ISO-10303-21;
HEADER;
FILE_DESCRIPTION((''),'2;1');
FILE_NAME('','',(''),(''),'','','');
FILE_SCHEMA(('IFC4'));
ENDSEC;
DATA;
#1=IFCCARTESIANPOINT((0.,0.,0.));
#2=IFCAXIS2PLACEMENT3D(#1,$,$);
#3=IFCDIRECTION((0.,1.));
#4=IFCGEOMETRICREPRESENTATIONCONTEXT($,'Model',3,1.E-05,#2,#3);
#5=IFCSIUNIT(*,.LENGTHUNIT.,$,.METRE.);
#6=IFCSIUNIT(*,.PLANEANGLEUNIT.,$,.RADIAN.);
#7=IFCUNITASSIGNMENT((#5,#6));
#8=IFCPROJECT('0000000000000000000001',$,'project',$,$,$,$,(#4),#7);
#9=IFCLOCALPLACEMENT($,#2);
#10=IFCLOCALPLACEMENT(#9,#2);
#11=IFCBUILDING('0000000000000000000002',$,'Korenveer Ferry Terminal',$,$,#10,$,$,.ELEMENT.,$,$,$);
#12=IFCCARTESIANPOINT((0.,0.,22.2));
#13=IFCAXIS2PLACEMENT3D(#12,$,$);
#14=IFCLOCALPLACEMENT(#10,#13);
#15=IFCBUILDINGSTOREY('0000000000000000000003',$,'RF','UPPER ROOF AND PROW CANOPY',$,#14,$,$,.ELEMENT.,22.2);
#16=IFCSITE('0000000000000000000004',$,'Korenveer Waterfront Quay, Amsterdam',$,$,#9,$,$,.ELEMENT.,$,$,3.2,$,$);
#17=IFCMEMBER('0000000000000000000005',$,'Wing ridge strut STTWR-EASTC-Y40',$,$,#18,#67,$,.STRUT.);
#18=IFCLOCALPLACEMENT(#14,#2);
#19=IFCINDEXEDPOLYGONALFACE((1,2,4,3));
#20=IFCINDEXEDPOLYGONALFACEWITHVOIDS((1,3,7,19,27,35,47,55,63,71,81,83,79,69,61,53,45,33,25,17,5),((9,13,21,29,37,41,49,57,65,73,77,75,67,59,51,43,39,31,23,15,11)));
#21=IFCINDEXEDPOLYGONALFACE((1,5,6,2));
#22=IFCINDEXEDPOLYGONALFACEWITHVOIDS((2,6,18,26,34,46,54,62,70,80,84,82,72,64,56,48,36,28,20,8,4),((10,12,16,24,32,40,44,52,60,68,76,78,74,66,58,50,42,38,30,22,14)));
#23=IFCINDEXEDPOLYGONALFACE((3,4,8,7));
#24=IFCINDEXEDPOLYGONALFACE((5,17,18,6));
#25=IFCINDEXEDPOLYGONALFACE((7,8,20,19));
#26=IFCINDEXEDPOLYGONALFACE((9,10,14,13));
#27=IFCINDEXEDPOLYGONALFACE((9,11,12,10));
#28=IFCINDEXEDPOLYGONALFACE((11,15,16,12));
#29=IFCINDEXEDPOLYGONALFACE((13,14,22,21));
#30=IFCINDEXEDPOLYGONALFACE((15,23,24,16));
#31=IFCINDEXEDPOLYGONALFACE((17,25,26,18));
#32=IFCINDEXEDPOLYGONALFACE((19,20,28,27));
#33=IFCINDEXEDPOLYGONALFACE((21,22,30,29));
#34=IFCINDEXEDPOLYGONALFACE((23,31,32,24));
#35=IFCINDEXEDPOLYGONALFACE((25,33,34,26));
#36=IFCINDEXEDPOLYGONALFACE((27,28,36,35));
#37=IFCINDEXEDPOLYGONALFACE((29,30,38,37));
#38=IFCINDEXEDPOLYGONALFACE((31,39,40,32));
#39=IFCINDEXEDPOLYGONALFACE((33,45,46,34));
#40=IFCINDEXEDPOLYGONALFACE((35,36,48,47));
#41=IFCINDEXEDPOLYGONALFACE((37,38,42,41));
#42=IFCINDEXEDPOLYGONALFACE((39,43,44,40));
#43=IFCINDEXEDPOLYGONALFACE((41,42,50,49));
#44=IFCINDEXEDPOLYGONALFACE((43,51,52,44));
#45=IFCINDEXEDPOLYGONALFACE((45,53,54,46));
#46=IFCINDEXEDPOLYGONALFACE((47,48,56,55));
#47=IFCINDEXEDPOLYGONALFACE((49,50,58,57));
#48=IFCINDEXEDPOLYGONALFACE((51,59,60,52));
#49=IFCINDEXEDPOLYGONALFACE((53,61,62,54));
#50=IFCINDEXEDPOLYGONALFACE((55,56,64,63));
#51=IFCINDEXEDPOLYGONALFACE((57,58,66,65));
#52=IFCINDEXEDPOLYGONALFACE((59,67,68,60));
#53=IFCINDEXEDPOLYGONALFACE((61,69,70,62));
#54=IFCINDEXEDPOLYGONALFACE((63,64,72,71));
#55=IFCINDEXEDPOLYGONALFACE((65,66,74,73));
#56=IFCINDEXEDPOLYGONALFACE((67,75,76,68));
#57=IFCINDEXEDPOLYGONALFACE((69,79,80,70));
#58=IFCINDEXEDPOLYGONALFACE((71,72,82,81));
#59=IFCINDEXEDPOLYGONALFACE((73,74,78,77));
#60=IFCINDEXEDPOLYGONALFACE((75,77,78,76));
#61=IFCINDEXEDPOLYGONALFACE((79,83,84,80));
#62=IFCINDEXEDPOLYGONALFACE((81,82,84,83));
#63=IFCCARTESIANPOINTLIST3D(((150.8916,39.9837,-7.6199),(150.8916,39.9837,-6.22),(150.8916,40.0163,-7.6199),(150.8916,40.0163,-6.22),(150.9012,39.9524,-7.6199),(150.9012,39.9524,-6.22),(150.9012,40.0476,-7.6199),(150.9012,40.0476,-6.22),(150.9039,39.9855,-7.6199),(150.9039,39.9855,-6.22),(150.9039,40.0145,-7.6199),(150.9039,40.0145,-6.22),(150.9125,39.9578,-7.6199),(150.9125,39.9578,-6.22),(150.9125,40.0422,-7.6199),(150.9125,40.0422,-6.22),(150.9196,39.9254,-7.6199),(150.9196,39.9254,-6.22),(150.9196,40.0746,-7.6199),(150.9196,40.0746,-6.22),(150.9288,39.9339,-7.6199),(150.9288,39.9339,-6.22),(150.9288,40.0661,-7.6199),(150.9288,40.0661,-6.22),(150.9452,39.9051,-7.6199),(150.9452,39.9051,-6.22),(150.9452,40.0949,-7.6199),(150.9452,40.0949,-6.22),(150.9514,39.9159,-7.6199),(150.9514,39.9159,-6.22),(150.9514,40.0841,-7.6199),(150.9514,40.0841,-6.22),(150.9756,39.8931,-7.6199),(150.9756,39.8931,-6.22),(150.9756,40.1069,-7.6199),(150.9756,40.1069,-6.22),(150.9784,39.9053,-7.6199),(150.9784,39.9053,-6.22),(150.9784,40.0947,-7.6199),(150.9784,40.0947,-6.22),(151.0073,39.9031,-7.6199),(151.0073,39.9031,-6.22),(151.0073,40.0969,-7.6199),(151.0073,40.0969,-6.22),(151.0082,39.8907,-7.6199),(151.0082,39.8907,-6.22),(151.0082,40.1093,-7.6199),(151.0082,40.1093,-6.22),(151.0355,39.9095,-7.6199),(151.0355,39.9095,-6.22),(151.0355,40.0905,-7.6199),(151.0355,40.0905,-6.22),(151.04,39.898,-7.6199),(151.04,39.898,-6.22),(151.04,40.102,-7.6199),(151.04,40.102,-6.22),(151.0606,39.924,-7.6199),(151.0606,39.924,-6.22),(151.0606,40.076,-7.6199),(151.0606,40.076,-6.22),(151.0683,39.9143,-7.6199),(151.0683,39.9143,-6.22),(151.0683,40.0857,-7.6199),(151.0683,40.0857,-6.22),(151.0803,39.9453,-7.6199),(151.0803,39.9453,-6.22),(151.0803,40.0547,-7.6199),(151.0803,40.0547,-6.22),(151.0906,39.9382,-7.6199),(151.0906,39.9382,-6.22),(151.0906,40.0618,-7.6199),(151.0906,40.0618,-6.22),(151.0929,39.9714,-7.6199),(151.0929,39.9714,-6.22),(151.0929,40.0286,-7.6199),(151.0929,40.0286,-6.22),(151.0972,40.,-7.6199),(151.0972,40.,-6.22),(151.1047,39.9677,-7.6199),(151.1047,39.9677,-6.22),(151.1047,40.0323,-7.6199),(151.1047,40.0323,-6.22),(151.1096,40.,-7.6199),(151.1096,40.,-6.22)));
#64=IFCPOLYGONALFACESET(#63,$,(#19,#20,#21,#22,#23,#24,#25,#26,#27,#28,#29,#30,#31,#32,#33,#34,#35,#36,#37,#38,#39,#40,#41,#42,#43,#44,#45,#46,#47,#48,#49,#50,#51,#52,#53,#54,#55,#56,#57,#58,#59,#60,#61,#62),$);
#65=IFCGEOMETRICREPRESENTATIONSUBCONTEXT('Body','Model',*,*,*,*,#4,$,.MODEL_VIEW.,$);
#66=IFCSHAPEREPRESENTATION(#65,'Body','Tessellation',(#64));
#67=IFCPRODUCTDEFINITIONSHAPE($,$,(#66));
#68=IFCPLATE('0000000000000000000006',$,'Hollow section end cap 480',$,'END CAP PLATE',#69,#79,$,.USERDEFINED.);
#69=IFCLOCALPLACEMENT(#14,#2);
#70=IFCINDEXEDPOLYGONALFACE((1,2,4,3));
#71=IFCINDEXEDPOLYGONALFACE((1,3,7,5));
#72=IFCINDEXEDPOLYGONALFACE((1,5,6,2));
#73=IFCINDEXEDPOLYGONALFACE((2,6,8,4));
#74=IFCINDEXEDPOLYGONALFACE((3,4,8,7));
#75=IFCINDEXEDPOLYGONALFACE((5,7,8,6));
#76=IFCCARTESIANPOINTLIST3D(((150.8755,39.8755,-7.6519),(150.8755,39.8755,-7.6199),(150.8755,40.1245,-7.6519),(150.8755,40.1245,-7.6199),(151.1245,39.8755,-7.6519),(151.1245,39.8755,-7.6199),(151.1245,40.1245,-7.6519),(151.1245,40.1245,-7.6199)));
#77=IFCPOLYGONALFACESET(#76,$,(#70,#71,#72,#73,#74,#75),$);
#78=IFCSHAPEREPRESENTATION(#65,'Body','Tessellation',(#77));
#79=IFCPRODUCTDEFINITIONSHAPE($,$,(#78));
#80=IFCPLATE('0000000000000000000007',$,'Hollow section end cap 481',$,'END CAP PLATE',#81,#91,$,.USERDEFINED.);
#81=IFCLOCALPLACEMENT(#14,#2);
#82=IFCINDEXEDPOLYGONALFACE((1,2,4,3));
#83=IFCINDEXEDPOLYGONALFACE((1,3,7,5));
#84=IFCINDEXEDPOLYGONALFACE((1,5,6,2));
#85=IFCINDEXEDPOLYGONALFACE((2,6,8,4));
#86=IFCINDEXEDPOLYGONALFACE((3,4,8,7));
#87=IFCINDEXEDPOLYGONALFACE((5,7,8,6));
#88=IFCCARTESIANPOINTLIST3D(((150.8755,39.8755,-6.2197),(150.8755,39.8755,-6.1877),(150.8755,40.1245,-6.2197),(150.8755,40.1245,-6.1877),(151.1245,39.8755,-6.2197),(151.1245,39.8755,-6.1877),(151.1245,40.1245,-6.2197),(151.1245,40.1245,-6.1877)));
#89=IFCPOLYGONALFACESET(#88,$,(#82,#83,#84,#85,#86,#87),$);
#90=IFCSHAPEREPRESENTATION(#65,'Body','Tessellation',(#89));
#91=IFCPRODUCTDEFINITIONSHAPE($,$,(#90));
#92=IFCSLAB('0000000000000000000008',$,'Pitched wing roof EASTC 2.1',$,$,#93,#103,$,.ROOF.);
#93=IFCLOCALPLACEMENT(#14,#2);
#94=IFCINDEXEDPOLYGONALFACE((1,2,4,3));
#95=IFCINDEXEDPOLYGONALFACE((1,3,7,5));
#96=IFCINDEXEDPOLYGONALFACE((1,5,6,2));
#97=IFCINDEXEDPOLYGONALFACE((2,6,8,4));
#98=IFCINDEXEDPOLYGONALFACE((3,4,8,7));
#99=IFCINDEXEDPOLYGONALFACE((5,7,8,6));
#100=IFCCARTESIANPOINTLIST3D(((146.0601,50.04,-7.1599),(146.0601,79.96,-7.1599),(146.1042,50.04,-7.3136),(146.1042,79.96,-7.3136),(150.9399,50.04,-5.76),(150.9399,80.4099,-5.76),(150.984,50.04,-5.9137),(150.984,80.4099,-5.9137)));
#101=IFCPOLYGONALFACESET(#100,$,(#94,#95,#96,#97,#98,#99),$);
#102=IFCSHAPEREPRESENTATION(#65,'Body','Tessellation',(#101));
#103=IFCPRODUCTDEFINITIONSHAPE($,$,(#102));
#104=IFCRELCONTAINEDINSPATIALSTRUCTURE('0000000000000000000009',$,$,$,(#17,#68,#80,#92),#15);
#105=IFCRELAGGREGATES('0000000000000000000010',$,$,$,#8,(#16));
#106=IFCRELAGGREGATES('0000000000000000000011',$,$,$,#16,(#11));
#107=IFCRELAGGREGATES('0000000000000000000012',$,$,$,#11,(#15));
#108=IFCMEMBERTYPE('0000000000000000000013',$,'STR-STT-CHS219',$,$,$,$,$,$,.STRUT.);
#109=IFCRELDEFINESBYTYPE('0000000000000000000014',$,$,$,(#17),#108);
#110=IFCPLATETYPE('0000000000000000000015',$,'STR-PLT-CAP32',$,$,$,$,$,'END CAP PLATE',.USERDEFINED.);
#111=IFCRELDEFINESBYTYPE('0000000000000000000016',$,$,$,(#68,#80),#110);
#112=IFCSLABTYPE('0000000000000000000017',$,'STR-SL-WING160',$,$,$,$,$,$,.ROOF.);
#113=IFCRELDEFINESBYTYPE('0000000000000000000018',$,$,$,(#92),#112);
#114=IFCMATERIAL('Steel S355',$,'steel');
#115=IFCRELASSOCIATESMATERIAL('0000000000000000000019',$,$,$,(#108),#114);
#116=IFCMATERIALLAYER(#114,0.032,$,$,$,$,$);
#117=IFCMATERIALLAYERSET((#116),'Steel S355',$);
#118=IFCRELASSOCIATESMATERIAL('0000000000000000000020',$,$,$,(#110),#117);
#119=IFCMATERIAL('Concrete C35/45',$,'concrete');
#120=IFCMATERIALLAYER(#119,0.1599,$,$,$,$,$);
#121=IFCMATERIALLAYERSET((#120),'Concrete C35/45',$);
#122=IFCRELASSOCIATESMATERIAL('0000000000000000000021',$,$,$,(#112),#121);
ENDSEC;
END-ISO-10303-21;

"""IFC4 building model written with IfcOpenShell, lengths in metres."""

from ifc_helpers import new_model, si_unit, direction, frame, origin, origin_2d, place, context, subcontext, project, spatial, polyline, rectangle, hollow_circle, outline, extrude, material, layer, layer_set, material_profile, profile_set, type_object, element, save


model = new_model("IFC4")

# Units and contexts
model_context = context("Model", 3, precision=1e-05, world=origin(), true_north=direction((0.0, 1.0)))
body_context = subcontext(model_context, "Body", "Model", "MODEL_VIEW")
ifc_project = project(units=[si_unit("LENGTHUNIT", "METRE"), si_unit("PLANEANGLEUNIT", "RADIAN")], contexts=[model_context])

# Site, building, storey
site_placement = place(None, origin())
site = spatial("IfcSite", under=ifc_project, at=site_placement, Name="Korenveer Waterfront Quay, Amsterdam", CompositionType="ELEMENT", RefElevation=3.2)
building_placement = place(site_placement, origin())
building = spatial("IfcBuilding", under=site, at=building_placement, Name="Korenveer Ferry Terminal", CompositionType="ELEMENT")
storey_placement = place(building_placement, frame((0.0, 0.0, 22.2)))
storey = spatial("IfcBuildingStorey", under=building, at=storey_placement, Name="RF", Description="UPPER ROOF AND PROW CANOPY", CompositionType="ELEMENT", Elevation=22.2)

# Shared definitions
ifc_material_1 = material(Name="Steel S355", Category="steel")

# Member
ifc_material_profile_1 = material_profile(ifc_material_1, hollow_circle(Radius=0.1096, WallThickness=0.0125, at=origin_2d()), Name="CHS 219.1x12.5")
ifc_profile_set_1 = profile_set([ifc_material_profile_1], Name="Steel S355")
member_type_1 = type_object("IfcMemberType", Name="STR-STT-CHS219", PredefinedType="STRUT", material=ifc_profile_set_1)
member_1_placement = place(storey_placement, frame((151.0, 40.0, -7.6199), z_axis=(0.0, 0.0, 1.0), x_axis=(1.0, 0.0, 0.0)))
element("IfcMember", 1, at=member_1_placement, inside=storey, type_object=member_type_1, Name="Wing ridge strut STTWR-EASTC-Y40", PredefinedType="STRUT", context=body_context, shape_type="SweptSolid", body=[
    extrude(hollow_circle(Radius=0.1096, WallThickness=0.0125, at=origin_2d()), origin(), (0.0, 0.0, 1.0), 1.3999),
])

# Plates
ifc_layer_1 = layer(ifc_material_1, 0.032)
ifc_layer_set_1 = layer_set([ifc_layer_1], Name="Steel S355")
plate_type = type_object("IfcPlateType", Name="STR-PLT-CAP32", ElementType="END CAP PLATE", PredefinedType="USERDEFINED", material=ifc_layer_set_1)
for number, where, z_axis, x_axis, name in (
    (2, (151.0, 40.0, -7.6519), (0.0, 0.0, 1.0), (1.0, 0.0, 0.0), "Hollow section end cap 480"),
    (3, (151.0, 40.0, -6.2197), (0.0, 0.0, 1.0), (1.0, 0.0, 0.0), "Hollow section end cap 481"),
):
    element("IfcPlate", number, at=place(storey_placement, frame(where, z_axis=z_axis, x_axis=x_axis)), inside=storey, type_object=plate_type, Name=name, ObjectType="END CAP PLATE", PredefinedType="USERDEFINED", context=body_context, shape_type="SweptSolid", body=[
        extrude(rectangle(XDim=0.249, YDim=0.249, at=origin_2d()), origin(), (0.0, 0.0, 1.0), 0.032),
    ])

# Slab
ifc_material_2 = material(Name="Concrete C35/45", Category="concrete")
ifc_layer_2 = layer(ifc_material_2, 0.1599)
ifc_layer_set_2 = layer_set([ifc_layer_2], Name="Concrete C35/45")
slab_type = type_object("IfcSlabType", Name="STR-SL-WING160", PredefinedType="ROOF", material=ifc_layer_set_2)
slab_placement = place(storey_placement, frame((146.0601, 50.04, -7.1599), z_axis=(-0.27575, 0.0, 0.961229), x_axis=(0.961229, 0.0, 0.27575)))
element("IfcSlab", 4, at=slab_placement, inside=storey, type_object=slab_type, Name="Pitched wing roof EASTC 2.1", PredefinedType="ROOF", context=body_context, shape_type="SweptSolid", body=[
    extrude(outline(polyline([(0.0, 0.0), (5.0767, 0.0), (5.0767, 30.3699), (0.0, 29.9199), (0.0, 0.0)])), origin(), (0.0, 0.0, -1.0), 0.1599),
])

save(model, "model.ifc")
